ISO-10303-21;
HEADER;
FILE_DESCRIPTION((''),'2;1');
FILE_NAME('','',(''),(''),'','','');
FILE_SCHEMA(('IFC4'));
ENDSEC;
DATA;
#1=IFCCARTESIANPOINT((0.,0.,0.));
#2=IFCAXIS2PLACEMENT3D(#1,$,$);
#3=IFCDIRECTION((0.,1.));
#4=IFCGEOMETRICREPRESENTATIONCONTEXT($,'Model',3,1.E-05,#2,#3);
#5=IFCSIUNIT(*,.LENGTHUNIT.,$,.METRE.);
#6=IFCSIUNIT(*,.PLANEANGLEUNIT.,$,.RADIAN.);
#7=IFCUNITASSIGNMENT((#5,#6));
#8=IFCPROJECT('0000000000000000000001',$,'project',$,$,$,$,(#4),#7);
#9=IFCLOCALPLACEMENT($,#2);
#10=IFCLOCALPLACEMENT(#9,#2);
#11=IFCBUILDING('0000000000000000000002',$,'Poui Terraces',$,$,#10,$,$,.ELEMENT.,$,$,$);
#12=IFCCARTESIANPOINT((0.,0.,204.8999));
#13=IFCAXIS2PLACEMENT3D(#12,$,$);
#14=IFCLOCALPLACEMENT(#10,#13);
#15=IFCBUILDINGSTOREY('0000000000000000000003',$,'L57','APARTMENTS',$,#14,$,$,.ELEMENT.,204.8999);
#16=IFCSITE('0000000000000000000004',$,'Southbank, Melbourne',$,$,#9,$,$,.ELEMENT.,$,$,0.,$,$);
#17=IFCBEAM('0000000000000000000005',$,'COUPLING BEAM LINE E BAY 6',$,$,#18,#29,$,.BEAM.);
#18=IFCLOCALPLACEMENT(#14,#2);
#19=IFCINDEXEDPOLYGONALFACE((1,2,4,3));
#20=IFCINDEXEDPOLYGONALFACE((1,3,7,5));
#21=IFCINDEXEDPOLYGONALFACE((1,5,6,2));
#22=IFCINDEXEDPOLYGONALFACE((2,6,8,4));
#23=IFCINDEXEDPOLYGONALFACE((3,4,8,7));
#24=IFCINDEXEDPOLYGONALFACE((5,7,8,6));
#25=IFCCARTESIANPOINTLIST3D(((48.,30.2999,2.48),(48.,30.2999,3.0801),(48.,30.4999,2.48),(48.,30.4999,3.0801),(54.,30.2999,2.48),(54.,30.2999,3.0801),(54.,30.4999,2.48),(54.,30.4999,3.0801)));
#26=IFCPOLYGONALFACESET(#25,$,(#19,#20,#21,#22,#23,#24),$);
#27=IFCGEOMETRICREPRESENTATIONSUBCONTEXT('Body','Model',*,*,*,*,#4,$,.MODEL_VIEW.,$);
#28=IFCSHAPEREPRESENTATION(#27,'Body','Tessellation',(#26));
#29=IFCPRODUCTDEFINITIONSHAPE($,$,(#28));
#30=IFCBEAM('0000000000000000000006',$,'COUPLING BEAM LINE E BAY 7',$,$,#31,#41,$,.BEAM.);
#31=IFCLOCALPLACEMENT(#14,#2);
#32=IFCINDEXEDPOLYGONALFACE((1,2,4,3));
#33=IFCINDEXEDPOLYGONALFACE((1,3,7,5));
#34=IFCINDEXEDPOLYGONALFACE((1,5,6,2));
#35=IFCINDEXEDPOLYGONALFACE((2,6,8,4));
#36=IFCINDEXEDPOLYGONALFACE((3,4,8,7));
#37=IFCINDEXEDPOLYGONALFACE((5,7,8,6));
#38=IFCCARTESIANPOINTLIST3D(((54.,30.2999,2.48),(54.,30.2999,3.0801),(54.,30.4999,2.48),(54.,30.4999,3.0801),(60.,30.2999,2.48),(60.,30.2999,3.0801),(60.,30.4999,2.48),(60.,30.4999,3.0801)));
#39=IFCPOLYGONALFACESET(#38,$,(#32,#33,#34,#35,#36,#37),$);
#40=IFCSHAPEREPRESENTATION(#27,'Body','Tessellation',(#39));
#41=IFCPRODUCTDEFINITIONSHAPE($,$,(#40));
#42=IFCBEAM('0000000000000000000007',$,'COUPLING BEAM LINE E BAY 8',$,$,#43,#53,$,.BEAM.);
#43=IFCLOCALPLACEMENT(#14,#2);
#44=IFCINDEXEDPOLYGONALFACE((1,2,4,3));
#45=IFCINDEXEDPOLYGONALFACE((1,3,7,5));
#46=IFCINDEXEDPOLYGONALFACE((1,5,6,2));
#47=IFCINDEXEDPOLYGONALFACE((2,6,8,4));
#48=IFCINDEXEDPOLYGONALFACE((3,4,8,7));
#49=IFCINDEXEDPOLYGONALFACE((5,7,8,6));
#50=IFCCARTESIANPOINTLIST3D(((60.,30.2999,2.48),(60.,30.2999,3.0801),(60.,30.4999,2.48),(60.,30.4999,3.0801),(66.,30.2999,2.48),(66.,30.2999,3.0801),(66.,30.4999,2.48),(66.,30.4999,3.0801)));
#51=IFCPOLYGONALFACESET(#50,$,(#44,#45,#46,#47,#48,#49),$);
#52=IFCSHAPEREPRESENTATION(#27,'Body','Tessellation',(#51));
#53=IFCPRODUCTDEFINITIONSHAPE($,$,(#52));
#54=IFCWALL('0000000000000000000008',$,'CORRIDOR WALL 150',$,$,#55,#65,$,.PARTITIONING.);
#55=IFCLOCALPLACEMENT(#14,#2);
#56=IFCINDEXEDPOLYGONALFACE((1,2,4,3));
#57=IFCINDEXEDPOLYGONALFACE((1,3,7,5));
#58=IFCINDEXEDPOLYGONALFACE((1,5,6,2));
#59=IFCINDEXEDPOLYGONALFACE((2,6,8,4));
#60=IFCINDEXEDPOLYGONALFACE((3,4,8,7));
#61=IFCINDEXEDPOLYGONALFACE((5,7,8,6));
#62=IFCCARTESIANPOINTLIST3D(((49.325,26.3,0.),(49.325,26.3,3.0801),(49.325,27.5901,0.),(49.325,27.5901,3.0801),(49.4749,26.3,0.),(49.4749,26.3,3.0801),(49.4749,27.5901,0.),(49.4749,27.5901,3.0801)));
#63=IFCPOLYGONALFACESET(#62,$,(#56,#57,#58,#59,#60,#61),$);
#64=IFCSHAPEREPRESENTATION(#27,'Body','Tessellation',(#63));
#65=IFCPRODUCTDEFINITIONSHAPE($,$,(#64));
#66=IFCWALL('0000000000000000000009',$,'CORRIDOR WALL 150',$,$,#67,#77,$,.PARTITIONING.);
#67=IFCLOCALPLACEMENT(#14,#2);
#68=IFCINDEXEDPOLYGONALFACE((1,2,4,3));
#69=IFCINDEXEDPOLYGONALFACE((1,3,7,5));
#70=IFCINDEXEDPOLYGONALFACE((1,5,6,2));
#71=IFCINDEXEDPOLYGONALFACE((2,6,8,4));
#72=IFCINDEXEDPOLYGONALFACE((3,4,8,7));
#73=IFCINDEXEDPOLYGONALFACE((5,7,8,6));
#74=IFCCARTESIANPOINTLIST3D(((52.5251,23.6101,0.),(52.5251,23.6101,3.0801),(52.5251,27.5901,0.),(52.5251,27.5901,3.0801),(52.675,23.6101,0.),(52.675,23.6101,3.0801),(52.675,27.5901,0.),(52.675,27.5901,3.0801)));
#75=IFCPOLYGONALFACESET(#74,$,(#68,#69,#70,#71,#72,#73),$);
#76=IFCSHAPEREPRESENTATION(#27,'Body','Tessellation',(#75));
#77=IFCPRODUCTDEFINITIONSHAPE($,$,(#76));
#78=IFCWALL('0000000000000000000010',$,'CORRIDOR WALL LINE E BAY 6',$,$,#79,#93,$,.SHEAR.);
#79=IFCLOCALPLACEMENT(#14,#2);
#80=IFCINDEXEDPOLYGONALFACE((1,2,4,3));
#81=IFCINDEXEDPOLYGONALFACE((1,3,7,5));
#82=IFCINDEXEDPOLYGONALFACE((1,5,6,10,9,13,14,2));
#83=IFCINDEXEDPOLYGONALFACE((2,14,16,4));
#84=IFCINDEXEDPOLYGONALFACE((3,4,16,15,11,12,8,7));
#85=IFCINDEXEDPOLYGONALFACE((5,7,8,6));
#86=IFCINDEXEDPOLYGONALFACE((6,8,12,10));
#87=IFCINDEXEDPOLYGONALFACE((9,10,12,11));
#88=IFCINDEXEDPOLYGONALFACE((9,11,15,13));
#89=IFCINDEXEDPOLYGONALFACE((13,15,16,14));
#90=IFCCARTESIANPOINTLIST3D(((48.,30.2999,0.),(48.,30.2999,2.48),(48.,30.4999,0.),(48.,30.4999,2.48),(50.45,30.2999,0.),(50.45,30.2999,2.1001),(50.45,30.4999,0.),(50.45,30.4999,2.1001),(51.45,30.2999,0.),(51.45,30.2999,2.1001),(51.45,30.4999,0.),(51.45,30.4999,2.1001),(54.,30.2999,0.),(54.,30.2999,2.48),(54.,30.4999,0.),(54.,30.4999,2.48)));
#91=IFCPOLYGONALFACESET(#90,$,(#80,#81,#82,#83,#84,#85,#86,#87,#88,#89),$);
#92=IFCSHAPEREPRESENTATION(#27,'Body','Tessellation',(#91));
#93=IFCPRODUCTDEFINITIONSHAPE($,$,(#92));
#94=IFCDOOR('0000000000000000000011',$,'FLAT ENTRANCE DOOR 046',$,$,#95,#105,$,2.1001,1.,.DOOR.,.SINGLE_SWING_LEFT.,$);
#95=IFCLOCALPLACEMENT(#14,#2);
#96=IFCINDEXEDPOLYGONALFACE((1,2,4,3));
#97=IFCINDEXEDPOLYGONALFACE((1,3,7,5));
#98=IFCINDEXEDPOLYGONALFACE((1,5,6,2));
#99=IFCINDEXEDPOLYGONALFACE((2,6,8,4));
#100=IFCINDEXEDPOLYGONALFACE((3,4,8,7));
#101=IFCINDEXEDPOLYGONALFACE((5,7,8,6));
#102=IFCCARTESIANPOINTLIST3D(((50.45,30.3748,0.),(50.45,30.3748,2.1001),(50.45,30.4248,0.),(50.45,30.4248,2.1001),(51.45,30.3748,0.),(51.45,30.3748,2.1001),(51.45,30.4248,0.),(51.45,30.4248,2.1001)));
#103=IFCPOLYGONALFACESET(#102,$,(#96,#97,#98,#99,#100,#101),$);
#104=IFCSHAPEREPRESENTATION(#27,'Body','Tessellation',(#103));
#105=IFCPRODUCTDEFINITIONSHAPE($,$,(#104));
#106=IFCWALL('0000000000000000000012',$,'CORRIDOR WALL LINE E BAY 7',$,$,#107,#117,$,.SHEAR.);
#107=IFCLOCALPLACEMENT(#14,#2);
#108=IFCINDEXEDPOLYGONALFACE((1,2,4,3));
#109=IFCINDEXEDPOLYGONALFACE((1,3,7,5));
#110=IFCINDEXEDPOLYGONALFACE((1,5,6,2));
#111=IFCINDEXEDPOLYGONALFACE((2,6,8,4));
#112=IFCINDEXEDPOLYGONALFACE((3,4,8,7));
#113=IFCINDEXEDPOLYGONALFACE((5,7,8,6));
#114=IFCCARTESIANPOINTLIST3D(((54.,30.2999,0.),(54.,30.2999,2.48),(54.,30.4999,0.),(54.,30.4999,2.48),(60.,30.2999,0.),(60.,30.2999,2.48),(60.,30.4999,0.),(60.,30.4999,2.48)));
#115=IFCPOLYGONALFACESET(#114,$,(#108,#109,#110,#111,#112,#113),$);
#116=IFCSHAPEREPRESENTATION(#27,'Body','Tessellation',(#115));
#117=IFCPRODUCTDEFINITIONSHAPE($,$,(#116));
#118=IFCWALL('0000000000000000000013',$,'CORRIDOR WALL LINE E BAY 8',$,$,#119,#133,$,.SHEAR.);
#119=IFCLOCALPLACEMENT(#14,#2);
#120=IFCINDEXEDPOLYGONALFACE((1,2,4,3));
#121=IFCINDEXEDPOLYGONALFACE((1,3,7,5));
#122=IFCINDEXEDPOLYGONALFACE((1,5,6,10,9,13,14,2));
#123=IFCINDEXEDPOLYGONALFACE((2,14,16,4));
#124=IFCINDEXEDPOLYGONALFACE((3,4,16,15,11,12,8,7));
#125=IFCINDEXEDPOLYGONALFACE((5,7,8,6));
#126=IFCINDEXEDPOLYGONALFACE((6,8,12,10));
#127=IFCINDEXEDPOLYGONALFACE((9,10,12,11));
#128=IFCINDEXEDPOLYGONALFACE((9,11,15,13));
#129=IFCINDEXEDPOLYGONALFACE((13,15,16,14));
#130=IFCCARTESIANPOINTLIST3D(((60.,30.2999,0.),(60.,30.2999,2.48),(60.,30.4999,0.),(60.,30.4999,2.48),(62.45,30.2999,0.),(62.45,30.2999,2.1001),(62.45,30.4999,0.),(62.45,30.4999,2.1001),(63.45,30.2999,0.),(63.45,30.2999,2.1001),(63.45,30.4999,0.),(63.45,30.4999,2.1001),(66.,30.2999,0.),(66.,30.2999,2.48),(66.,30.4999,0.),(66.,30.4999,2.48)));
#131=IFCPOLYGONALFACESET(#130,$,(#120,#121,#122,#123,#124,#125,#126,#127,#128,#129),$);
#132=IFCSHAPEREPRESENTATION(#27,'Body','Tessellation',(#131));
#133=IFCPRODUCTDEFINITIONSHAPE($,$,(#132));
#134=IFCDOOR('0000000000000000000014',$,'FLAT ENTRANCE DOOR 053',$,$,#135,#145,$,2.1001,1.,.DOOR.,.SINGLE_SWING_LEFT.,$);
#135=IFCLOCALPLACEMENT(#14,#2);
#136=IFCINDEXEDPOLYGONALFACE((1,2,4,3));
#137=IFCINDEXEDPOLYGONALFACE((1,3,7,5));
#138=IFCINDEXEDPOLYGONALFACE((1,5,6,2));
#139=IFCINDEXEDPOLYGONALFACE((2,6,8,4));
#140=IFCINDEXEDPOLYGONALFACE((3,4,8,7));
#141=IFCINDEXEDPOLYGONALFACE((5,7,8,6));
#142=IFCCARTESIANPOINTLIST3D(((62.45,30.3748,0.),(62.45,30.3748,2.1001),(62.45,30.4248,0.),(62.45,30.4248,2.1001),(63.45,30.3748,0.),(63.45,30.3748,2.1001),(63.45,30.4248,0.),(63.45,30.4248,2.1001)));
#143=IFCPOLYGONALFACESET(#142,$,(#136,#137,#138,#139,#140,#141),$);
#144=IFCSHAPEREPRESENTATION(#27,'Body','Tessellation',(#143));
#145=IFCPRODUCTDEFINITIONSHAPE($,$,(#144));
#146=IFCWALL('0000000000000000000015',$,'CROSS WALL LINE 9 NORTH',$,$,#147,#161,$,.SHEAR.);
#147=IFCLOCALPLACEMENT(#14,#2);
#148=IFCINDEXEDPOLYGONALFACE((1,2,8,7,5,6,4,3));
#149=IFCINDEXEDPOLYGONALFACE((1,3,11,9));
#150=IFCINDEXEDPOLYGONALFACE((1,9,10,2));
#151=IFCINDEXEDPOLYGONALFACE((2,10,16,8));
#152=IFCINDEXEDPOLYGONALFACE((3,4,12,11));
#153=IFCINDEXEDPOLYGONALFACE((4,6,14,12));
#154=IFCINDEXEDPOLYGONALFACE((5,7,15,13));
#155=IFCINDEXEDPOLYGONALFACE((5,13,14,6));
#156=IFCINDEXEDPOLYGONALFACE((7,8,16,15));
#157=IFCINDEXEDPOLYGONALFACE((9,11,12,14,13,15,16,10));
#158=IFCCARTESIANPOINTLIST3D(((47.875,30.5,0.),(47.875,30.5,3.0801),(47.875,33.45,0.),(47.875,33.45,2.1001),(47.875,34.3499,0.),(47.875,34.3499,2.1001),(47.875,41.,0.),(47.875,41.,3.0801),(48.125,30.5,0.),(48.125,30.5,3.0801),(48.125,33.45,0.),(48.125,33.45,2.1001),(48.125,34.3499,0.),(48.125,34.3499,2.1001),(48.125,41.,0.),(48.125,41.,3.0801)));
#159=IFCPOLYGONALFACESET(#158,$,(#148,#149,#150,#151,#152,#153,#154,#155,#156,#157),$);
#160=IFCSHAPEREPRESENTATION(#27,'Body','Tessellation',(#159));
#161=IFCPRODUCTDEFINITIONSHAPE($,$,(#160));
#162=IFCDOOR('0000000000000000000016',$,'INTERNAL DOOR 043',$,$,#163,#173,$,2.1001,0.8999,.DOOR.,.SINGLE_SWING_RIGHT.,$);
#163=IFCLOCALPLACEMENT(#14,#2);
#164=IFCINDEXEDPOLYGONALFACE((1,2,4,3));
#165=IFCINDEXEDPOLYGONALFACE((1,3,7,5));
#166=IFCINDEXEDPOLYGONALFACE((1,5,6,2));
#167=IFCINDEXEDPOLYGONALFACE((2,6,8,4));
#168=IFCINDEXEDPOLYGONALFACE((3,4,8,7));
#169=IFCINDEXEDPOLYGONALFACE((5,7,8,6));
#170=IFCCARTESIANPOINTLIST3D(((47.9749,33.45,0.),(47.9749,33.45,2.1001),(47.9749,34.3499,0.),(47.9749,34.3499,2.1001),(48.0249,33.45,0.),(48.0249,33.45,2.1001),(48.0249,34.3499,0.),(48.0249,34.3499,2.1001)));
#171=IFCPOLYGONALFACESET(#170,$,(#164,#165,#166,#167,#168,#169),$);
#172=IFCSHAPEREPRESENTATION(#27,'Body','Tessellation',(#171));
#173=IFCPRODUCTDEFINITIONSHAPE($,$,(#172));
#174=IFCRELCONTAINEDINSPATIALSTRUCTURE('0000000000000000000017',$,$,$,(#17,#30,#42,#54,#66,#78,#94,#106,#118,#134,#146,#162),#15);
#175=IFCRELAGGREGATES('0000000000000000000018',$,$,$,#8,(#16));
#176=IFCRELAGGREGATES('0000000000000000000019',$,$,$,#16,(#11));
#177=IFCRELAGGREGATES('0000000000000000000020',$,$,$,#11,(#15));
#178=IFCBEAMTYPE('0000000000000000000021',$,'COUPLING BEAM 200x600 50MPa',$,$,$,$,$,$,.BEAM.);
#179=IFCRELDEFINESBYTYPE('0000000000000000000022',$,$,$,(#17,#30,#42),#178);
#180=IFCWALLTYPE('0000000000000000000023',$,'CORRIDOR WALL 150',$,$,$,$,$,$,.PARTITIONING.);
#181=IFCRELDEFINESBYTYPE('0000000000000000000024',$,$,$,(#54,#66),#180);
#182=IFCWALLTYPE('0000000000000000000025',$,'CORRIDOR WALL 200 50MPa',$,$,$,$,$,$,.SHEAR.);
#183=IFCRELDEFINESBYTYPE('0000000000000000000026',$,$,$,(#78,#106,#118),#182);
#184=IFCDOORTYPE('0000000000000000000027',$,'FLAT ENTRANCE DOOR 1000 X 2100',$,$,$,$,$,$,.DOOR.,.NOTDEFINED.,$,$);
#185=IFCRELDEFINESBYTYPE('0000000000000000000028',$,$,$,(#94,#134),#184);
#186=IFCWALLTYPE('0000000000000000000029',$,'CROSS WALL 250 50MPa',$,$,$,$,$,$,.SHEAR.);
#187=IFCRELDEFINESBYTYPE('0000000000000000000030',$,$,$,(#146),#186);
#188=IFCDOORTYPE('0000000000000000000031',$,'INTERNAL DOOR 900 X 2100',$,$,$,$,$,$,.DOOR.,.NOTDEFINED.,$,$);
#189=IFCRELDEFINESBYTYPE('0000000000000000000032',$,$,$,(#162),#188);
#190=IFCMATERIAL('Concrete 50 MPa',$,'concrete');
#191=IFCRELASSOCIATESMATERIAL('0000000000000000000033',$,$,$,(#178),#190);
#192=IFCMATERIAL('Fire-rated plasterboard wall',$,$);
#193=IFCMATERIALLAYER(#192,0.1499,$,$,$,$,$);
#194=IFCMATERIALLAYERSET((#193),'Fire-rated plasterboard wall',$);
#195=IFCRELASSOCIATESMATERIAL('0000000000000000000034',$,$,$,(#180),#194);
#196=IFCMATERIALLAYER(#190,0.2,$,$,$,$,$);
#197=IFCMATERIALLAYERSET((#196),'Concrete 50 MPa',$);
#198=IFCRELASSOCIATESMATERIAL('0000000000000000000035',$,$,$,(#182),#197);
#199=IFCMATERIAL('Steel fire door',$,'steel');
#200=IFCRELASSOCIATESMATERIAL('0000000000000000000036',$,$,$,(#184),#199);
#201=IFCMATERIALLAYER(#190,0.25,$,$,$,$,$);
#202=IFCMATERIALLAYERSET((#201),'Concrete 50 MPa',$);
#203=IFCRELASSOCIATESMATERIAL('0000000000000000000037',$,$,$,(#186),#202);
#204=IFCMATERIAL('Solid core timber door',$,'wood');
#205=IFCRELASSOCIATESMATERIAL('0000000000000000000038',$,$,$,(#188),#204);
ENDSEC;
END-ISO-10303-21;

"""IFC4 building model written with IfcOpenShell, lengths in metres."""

from ifc_helpers import new_model, si_unit, direction, frame, frame_2d, origin, origin_2d, place, context, subcontext, project, spatial, rectangle, extrude, source, transform, mapped, material, layer, layer_set, material_profile, profile_set, type_object, element, fill, save


model = new_model("IFC4")

# Units and contexts
model_context = context("Model", 3, precision=1e-05, world=origin(), true_north=direction((0.0, 1.0)))
body_context = subcontext(model_context, "Body", "Model", "MODEL_VIEW")
ifc_project = project(units=[si_unit("LENGTHUNIT", "METRE"), si_unit("PLANEANGLEUNIT", "RADIAN")], contexts=[model_context])

# Site, building, storey
site_placement = place(None, origin())
site = spatial("IfcSite", under=ifc_project, at=site_placement, Name="Southbank, Melbourne", CompositionType="ELEMENT", RefElevation=0.0)
building_placement = place(site_placement, origin())
building = spatial("IfcBuilding", under=site, at=building_placement, Name="Poui Terraces", CompositionType="ELEMENT")
storey_placement = place(building_placement, frame((0.0, 0.0, 204.8999)))
storey = spatial("IfcBuildingStorey", under=building, at=storey_placement, Name="L57", Description="APARTMENTS", CompositionType="ELEMENT", Elevation=204.8999)

# Beams
ifc_material_1 = material(Name="Concrete 50 MPa", Category="concrete")
ifc_material_profile = material_profile(ifc_material_1, rectangle(XDim=0.2, YDim=0.6001, at=origin_2d()), Name="RC 200x600")
ifc_profile_set = profile_set([ifc_material_profile], Name="Concrete 50 MPa")
beam_type = type_object("IfcBeamType", Name="COUPLING BEAM 200x600 50MPa", PredefinedType="BEAM", material=ifc_profile_set)
shared_shape = source(origin(), body_context, "Body", "SweptSolid", [
    extrude(rectangle(XDim=0.2, YDim=0.6001, at=origin_2d()), origin(), (0.0, 0.0, 1.0), 6.0),
])
for number, where, z_axis, x_axis, name in (
    (1, (48.0, 30.3999, 2.78), (1.0, 0.0, 0.0), (0.0, 1.0, 0.0), "COUPLING BEAM LINE E BAY 6"),
    (2, (54.0, 30.3999, 2.78), (1.0, 0.0, 0.0), (0.0, 1.0, 0.0), "COUPLING BEAM LINE E BAY 7"),
    (3, (60.0, 30.3999, 2.78), (1.0, 0.0, 0.0), (0.0, 1.0, 0.0), "COUPLING BEAM LINE E BAY 8"),
):
    element("IfcBeam", number, at=place(storey_placement, frame(where, z_axis=z_axis, x_axis=x_axis)), inside=storey, type_object=beam_type, Name=name, PredefinedType="BEAM", context=body_context, shape_type="MappedRepresentation", body=[
        mapped(shared_shape, transform((0.0, 0.0, 0.0))),
    ])

# Walls
ifc_material_2 = material(Name="Fire-rated plasterboard wall")
ifc_layer_1 = layer(ifc_material_2, 0.1499)
ifc_layer_set_1 = layer_set([ifc_layer_1], Name="Fire-rated plasterboard wall")
wall_type_1 = type_object("IfcWallType", Name="CORRIDOR WALL 150", PredefinedType="PARTITIONING", material=ifc_layer_set_1)
wall_1_placement = place(storey_placement, frame((49.3999, 26.3, 0.0), z_axis=(0.0, 0.0, 1.0), x_axis=(0.0, 1.0, 0.0)))
element("IfcWall", 4, at=wall_1_placement, inside=storey, type_object=wall_type_1, Name="CORRIDOR WALL 150", PredefinedType="PARTITIONING", context=body_context, shape_type="SweptSolid", body=[
    extrude(rectangle(XDim=1.29, YDim=0.1499, at=frame_2d((0.645, 0.0))), origin(), (0.0, 0.0, 1.0), 3.0801),
])
wall_2_placement = place(storey_placement, frame((52.6001, 23.6101, 0.0), z_axis=(0.0, 0.0, 1.0), x_axis=(0.0, 1.0, 0.0)))
element("IfcWall", 5, at=wall_2_placement, inside=storey, type_object=wall_type_1, Name="CORRIDOR WALL 150", PredefinedType="PARTITIONING", context=body_context, shape_type="SweptSolid", body=[
    extrude(rectangle(XDim=3.98, YDim=0.1499, at=frame_2d((1.99, 0.0))), origin(), (0.0, 0.0, 1.0), 3.0801),
])

# Wall, opening, door
ifc_layer_2 = layer(ifc_material_1, 0.2)
ifc_layer_set_2 = layer_set([ifc_layer_2], Name="Concrete 50 MPa")
wall_type_2 = type_object("IfcWallType", Name="CORRIDOR WALL 200 50MPa", PredefinedType="SHEAR", material=ifc_layer_set_2)
wall_3_placement = place(storey_placement, frame((48.0, 30.3999, 0.0), z_axis=(0.0, 0.0, 1.0), x_axis=(1.0, 0.0, 0.0)))
wall_3 = element("IfcWall", 6, at=wall_3_placement, inside=storey, type_object=wall_type_2, Name="CORRIDOR WALL LINE E BAY 6", PredefinedType="SHEAR", context=body_context, shape_type="SweptSolid", body=[
    extrude(rectangle(XDim=6.0, YDim=0.2, at=frame_2d((3.0, 0.0))), origin(), (0.0, 0.0, 1.0), 2.48),
])
opening_1_placement = place(wall_3_placement, frame((2.45, 0.0, 0.0)))
opening_1 = element("IfcOpeningElement", 7, at=opening_1_placement, cuts=wall_3, PredefinedType="OPENING", context=body_context, shape_type="SweptSolid", body=[
    extrude(rectangle(XDim=1.0, YDim=2.1001, at=frame_2d((0.5, 1.05))), frame((0.0, 0.1099, 0.0), z_axis=(0.0, -1.0, 0.0), x_axis=(1.0, 0.0, 0.0)), (0.0, 0.0, 1.0), 0.22),
])
ifc_material_3 = material(Name="Steel fire door", Category="steel")
door_type_1 = type_object("IfcDoorType", Name="FLAT ENTRANCE DOOR 1000 X 2100", OperationType="NOTDEFINED", PredefinedType="DOOR", material=ifc_material_3)
door_1_placement = place(opening_1_placement, origin())
door_1 = element("IfcDoor", 8, at=door_1_placement, inside=storey, type_object=door_type_1, Name="FLAT ENTRANCE DOOR 046", OperationType="SINGLE_SWING_LEFT", OverallHeight=2.1001, OverallWidth=1.0, PredefinedType="DOOR", context=body_context, shape_type="SweptSolid", body=[
    extrude(rectangle(XDim=1.0, YDim=2.1001, at=frame_2d((0.5, 1.05))), frame((0.0, 0.0249, 0.0), z_axis=(0.0, -1.0, 0.0), x_axis=(1.0, 0.0, 0.0)), (0.0, 0.0, 1.0), 0.05),
])
fill(opening_1, door_1)

# Wall
wall_4_placement = place(storey_placement, frame((54.0, 30.3999, 0.0), z_axis=(0.0, 0.0, 1.0), x_axis=(1.0, 0.0, 0.0)))
element("IfcWall", 9, at=wall_4_placement, inside=storey, type_object=wall_type_2, Name="CORRIDOR WALL LINE E BAY 7", PredefinedType="SHEAR", context=body_context, shape_type="SweptSolid", body=[
    extrude(rectangle(XDim=6.0, YDim=0.2, at=frame_2d((3.0, 0.0))), origin(), (0.0, 0.0, 1.0), 2.48),
])

# Walls, openings, doors
wall_5_placement = place(storey_placement, frame((60.0, 30.3999, 0.0), z_axis=(0.0, 0.0, 1.0), x_axis=(1.0, 0.0, 0.0)))
wall_5 = element("IfcWall", 10, at=wall_5_placement, inside=storey, type_object=wall_type_2, Name="CORRIDOR WALL LINE E BAY 8", PredefinedType="SHEAR", context=body_context, shape_type="SweptSolid", body=[
    extrude(rectangle(XDim=6.0, YDim=0.2, at=frame_2d((3.0, 0.0))), origin(), (0.0, 0.0, 1.0), 2.48),
])
opening_2_placement = place(wall_5_placement, frame((2.45, 0.0, 0.0)))
opening_2 = element("IfcOpeningElement", 11, at=opening_2_placement, cuts=wall_5, PredefinedType="OPENING", context=body_context, shape_type="SweptSolid", body=[
    extrude(rectangle(XDim=1.0, YDim=2.1001, at=frame_2d((0.5, 1.05))), frame((0.0, 0.1099, 0.0), z_axis=(0.0, -1.0, 0.0), x_axis=(1.0, 0.0, 0.0)), (0.0, 0.0, 1.0), 0.22),
])
door_2_placement = place(opening_2_placement, origin())
door_2 = element("IfcDoor", 12, at=door_2_placement, inside=storey, type_object=door_type_1, Name="FLAT ENTRANCE DOOR 053", OperationType="SINGLE_SWING_LEFT", OverallHeight=2.1001, OverallWidth=1.0, PredefinedType="DOOR", context=body_context, shape_type="SweptSolid", body=[
    extrude(rectangle(XDim=1.0, YDim=2.1001, at=frame_2d((0.5, 1.05))), frame((0.0, 0.0249, 0.0), z_axis=(0.0, -1.0, 0.0), x_axis=(1.0, 0.0, 0.0)), (0.0, 0.0, 1.0), 0.05),
])
fill(opening_2, door_2)
ifc_layer_3 = layer(ifc_material_1, 0.25)
ifc_layer_set_3 = layer_set([ifc_layer_3], Name="Concrete 50 MPa")
wall_type_3 = type_object("IfcWallType", Name="CROSS WALL 250 50MPa", PredefinedType="SHEAR", material=ifc_layer_set_3)
wall_6_placement = place(storey_placement, frame((48.0, 30.5, 0.0), z_axis=(0.0, 0.0, 1.0), x_axis=(0.0, 1.0, 0.0)))
wall_6 = element("IfcWall", 13, at=wall_6_placement, inside=storey, type_object=wall_type_3, Name="CROSS WALL LINE 9 NORTH", PredefinedType="SHEAR", context=body_context, shape_type="SweptSolid", body=[
    extrude(rectangle(XDim=10.5, YDim=0.25, at=frame_2d((5.25, 0.0))), origin(), (0.0, 0.0, 1.0), 3.0801),
])
opening_3_placement = place(wall_6_placement, frame((2.95, 0.0, 0.0)))
opening_3 = element("IfcOpeningElement", 14, at=opening_3_placement, cuts=wall_6, PredefinedType="OPENING", context=body_context, shape_type="SweptSolid", body=[
    extrude(rectangle(XDim=0.8999, YDim=2.1001, at=frame_2d((0.45, 1.05))), frame((0.0, 0.135, 0.0), z_axis=(0.0, -1.0, 0.0), x_axis=(1.0, 0.0, 0.0)), (0.0, 0.0, 1.0), 0.27),
])
ifc_material_4 = material(Name="Solid core timber door", Category="wood")
door_type_2 = type_object("IfcDoorType", Name="INTERNAL DOOR 900 X 2100", OperationType="NOTDEFINED", PredefinedType="DOOR", material=ifc_material_4)
door_3_placement = place(opening_3_placement, frame((0.8999, 0.0, 0.0), z_axis=(0.0, 0.0, 1.0), x_axis=(-1.0, 0.0, 0.0)))
door_3 = element("IfcDoor", 15, at=door_3_placement, inside=storey, type_object=door_type_2, Name="INTERNAL DOOR 043", OperationType="SINGLE_SWING_RIGHT", OverallHeight=2.1001, OverallWidth=0.8999, PredefinedType="DOOR", context=body_context, shape_type="SweptSolid", body=[
    extrude(rectangle(XDim=0.8999, YDim=2.1001, at=frame_2d((0.45, 1.05))), frame((0.0, 0.0249, 0.0), z_axis=(0.0, -1.0, 0.0), x_axis=(1.0, 0.0, 0.0)), (0.0, 0.0, 1.0), 0.05),
])
fill(opening_3, door_3)

save(model, "model.ifc")
